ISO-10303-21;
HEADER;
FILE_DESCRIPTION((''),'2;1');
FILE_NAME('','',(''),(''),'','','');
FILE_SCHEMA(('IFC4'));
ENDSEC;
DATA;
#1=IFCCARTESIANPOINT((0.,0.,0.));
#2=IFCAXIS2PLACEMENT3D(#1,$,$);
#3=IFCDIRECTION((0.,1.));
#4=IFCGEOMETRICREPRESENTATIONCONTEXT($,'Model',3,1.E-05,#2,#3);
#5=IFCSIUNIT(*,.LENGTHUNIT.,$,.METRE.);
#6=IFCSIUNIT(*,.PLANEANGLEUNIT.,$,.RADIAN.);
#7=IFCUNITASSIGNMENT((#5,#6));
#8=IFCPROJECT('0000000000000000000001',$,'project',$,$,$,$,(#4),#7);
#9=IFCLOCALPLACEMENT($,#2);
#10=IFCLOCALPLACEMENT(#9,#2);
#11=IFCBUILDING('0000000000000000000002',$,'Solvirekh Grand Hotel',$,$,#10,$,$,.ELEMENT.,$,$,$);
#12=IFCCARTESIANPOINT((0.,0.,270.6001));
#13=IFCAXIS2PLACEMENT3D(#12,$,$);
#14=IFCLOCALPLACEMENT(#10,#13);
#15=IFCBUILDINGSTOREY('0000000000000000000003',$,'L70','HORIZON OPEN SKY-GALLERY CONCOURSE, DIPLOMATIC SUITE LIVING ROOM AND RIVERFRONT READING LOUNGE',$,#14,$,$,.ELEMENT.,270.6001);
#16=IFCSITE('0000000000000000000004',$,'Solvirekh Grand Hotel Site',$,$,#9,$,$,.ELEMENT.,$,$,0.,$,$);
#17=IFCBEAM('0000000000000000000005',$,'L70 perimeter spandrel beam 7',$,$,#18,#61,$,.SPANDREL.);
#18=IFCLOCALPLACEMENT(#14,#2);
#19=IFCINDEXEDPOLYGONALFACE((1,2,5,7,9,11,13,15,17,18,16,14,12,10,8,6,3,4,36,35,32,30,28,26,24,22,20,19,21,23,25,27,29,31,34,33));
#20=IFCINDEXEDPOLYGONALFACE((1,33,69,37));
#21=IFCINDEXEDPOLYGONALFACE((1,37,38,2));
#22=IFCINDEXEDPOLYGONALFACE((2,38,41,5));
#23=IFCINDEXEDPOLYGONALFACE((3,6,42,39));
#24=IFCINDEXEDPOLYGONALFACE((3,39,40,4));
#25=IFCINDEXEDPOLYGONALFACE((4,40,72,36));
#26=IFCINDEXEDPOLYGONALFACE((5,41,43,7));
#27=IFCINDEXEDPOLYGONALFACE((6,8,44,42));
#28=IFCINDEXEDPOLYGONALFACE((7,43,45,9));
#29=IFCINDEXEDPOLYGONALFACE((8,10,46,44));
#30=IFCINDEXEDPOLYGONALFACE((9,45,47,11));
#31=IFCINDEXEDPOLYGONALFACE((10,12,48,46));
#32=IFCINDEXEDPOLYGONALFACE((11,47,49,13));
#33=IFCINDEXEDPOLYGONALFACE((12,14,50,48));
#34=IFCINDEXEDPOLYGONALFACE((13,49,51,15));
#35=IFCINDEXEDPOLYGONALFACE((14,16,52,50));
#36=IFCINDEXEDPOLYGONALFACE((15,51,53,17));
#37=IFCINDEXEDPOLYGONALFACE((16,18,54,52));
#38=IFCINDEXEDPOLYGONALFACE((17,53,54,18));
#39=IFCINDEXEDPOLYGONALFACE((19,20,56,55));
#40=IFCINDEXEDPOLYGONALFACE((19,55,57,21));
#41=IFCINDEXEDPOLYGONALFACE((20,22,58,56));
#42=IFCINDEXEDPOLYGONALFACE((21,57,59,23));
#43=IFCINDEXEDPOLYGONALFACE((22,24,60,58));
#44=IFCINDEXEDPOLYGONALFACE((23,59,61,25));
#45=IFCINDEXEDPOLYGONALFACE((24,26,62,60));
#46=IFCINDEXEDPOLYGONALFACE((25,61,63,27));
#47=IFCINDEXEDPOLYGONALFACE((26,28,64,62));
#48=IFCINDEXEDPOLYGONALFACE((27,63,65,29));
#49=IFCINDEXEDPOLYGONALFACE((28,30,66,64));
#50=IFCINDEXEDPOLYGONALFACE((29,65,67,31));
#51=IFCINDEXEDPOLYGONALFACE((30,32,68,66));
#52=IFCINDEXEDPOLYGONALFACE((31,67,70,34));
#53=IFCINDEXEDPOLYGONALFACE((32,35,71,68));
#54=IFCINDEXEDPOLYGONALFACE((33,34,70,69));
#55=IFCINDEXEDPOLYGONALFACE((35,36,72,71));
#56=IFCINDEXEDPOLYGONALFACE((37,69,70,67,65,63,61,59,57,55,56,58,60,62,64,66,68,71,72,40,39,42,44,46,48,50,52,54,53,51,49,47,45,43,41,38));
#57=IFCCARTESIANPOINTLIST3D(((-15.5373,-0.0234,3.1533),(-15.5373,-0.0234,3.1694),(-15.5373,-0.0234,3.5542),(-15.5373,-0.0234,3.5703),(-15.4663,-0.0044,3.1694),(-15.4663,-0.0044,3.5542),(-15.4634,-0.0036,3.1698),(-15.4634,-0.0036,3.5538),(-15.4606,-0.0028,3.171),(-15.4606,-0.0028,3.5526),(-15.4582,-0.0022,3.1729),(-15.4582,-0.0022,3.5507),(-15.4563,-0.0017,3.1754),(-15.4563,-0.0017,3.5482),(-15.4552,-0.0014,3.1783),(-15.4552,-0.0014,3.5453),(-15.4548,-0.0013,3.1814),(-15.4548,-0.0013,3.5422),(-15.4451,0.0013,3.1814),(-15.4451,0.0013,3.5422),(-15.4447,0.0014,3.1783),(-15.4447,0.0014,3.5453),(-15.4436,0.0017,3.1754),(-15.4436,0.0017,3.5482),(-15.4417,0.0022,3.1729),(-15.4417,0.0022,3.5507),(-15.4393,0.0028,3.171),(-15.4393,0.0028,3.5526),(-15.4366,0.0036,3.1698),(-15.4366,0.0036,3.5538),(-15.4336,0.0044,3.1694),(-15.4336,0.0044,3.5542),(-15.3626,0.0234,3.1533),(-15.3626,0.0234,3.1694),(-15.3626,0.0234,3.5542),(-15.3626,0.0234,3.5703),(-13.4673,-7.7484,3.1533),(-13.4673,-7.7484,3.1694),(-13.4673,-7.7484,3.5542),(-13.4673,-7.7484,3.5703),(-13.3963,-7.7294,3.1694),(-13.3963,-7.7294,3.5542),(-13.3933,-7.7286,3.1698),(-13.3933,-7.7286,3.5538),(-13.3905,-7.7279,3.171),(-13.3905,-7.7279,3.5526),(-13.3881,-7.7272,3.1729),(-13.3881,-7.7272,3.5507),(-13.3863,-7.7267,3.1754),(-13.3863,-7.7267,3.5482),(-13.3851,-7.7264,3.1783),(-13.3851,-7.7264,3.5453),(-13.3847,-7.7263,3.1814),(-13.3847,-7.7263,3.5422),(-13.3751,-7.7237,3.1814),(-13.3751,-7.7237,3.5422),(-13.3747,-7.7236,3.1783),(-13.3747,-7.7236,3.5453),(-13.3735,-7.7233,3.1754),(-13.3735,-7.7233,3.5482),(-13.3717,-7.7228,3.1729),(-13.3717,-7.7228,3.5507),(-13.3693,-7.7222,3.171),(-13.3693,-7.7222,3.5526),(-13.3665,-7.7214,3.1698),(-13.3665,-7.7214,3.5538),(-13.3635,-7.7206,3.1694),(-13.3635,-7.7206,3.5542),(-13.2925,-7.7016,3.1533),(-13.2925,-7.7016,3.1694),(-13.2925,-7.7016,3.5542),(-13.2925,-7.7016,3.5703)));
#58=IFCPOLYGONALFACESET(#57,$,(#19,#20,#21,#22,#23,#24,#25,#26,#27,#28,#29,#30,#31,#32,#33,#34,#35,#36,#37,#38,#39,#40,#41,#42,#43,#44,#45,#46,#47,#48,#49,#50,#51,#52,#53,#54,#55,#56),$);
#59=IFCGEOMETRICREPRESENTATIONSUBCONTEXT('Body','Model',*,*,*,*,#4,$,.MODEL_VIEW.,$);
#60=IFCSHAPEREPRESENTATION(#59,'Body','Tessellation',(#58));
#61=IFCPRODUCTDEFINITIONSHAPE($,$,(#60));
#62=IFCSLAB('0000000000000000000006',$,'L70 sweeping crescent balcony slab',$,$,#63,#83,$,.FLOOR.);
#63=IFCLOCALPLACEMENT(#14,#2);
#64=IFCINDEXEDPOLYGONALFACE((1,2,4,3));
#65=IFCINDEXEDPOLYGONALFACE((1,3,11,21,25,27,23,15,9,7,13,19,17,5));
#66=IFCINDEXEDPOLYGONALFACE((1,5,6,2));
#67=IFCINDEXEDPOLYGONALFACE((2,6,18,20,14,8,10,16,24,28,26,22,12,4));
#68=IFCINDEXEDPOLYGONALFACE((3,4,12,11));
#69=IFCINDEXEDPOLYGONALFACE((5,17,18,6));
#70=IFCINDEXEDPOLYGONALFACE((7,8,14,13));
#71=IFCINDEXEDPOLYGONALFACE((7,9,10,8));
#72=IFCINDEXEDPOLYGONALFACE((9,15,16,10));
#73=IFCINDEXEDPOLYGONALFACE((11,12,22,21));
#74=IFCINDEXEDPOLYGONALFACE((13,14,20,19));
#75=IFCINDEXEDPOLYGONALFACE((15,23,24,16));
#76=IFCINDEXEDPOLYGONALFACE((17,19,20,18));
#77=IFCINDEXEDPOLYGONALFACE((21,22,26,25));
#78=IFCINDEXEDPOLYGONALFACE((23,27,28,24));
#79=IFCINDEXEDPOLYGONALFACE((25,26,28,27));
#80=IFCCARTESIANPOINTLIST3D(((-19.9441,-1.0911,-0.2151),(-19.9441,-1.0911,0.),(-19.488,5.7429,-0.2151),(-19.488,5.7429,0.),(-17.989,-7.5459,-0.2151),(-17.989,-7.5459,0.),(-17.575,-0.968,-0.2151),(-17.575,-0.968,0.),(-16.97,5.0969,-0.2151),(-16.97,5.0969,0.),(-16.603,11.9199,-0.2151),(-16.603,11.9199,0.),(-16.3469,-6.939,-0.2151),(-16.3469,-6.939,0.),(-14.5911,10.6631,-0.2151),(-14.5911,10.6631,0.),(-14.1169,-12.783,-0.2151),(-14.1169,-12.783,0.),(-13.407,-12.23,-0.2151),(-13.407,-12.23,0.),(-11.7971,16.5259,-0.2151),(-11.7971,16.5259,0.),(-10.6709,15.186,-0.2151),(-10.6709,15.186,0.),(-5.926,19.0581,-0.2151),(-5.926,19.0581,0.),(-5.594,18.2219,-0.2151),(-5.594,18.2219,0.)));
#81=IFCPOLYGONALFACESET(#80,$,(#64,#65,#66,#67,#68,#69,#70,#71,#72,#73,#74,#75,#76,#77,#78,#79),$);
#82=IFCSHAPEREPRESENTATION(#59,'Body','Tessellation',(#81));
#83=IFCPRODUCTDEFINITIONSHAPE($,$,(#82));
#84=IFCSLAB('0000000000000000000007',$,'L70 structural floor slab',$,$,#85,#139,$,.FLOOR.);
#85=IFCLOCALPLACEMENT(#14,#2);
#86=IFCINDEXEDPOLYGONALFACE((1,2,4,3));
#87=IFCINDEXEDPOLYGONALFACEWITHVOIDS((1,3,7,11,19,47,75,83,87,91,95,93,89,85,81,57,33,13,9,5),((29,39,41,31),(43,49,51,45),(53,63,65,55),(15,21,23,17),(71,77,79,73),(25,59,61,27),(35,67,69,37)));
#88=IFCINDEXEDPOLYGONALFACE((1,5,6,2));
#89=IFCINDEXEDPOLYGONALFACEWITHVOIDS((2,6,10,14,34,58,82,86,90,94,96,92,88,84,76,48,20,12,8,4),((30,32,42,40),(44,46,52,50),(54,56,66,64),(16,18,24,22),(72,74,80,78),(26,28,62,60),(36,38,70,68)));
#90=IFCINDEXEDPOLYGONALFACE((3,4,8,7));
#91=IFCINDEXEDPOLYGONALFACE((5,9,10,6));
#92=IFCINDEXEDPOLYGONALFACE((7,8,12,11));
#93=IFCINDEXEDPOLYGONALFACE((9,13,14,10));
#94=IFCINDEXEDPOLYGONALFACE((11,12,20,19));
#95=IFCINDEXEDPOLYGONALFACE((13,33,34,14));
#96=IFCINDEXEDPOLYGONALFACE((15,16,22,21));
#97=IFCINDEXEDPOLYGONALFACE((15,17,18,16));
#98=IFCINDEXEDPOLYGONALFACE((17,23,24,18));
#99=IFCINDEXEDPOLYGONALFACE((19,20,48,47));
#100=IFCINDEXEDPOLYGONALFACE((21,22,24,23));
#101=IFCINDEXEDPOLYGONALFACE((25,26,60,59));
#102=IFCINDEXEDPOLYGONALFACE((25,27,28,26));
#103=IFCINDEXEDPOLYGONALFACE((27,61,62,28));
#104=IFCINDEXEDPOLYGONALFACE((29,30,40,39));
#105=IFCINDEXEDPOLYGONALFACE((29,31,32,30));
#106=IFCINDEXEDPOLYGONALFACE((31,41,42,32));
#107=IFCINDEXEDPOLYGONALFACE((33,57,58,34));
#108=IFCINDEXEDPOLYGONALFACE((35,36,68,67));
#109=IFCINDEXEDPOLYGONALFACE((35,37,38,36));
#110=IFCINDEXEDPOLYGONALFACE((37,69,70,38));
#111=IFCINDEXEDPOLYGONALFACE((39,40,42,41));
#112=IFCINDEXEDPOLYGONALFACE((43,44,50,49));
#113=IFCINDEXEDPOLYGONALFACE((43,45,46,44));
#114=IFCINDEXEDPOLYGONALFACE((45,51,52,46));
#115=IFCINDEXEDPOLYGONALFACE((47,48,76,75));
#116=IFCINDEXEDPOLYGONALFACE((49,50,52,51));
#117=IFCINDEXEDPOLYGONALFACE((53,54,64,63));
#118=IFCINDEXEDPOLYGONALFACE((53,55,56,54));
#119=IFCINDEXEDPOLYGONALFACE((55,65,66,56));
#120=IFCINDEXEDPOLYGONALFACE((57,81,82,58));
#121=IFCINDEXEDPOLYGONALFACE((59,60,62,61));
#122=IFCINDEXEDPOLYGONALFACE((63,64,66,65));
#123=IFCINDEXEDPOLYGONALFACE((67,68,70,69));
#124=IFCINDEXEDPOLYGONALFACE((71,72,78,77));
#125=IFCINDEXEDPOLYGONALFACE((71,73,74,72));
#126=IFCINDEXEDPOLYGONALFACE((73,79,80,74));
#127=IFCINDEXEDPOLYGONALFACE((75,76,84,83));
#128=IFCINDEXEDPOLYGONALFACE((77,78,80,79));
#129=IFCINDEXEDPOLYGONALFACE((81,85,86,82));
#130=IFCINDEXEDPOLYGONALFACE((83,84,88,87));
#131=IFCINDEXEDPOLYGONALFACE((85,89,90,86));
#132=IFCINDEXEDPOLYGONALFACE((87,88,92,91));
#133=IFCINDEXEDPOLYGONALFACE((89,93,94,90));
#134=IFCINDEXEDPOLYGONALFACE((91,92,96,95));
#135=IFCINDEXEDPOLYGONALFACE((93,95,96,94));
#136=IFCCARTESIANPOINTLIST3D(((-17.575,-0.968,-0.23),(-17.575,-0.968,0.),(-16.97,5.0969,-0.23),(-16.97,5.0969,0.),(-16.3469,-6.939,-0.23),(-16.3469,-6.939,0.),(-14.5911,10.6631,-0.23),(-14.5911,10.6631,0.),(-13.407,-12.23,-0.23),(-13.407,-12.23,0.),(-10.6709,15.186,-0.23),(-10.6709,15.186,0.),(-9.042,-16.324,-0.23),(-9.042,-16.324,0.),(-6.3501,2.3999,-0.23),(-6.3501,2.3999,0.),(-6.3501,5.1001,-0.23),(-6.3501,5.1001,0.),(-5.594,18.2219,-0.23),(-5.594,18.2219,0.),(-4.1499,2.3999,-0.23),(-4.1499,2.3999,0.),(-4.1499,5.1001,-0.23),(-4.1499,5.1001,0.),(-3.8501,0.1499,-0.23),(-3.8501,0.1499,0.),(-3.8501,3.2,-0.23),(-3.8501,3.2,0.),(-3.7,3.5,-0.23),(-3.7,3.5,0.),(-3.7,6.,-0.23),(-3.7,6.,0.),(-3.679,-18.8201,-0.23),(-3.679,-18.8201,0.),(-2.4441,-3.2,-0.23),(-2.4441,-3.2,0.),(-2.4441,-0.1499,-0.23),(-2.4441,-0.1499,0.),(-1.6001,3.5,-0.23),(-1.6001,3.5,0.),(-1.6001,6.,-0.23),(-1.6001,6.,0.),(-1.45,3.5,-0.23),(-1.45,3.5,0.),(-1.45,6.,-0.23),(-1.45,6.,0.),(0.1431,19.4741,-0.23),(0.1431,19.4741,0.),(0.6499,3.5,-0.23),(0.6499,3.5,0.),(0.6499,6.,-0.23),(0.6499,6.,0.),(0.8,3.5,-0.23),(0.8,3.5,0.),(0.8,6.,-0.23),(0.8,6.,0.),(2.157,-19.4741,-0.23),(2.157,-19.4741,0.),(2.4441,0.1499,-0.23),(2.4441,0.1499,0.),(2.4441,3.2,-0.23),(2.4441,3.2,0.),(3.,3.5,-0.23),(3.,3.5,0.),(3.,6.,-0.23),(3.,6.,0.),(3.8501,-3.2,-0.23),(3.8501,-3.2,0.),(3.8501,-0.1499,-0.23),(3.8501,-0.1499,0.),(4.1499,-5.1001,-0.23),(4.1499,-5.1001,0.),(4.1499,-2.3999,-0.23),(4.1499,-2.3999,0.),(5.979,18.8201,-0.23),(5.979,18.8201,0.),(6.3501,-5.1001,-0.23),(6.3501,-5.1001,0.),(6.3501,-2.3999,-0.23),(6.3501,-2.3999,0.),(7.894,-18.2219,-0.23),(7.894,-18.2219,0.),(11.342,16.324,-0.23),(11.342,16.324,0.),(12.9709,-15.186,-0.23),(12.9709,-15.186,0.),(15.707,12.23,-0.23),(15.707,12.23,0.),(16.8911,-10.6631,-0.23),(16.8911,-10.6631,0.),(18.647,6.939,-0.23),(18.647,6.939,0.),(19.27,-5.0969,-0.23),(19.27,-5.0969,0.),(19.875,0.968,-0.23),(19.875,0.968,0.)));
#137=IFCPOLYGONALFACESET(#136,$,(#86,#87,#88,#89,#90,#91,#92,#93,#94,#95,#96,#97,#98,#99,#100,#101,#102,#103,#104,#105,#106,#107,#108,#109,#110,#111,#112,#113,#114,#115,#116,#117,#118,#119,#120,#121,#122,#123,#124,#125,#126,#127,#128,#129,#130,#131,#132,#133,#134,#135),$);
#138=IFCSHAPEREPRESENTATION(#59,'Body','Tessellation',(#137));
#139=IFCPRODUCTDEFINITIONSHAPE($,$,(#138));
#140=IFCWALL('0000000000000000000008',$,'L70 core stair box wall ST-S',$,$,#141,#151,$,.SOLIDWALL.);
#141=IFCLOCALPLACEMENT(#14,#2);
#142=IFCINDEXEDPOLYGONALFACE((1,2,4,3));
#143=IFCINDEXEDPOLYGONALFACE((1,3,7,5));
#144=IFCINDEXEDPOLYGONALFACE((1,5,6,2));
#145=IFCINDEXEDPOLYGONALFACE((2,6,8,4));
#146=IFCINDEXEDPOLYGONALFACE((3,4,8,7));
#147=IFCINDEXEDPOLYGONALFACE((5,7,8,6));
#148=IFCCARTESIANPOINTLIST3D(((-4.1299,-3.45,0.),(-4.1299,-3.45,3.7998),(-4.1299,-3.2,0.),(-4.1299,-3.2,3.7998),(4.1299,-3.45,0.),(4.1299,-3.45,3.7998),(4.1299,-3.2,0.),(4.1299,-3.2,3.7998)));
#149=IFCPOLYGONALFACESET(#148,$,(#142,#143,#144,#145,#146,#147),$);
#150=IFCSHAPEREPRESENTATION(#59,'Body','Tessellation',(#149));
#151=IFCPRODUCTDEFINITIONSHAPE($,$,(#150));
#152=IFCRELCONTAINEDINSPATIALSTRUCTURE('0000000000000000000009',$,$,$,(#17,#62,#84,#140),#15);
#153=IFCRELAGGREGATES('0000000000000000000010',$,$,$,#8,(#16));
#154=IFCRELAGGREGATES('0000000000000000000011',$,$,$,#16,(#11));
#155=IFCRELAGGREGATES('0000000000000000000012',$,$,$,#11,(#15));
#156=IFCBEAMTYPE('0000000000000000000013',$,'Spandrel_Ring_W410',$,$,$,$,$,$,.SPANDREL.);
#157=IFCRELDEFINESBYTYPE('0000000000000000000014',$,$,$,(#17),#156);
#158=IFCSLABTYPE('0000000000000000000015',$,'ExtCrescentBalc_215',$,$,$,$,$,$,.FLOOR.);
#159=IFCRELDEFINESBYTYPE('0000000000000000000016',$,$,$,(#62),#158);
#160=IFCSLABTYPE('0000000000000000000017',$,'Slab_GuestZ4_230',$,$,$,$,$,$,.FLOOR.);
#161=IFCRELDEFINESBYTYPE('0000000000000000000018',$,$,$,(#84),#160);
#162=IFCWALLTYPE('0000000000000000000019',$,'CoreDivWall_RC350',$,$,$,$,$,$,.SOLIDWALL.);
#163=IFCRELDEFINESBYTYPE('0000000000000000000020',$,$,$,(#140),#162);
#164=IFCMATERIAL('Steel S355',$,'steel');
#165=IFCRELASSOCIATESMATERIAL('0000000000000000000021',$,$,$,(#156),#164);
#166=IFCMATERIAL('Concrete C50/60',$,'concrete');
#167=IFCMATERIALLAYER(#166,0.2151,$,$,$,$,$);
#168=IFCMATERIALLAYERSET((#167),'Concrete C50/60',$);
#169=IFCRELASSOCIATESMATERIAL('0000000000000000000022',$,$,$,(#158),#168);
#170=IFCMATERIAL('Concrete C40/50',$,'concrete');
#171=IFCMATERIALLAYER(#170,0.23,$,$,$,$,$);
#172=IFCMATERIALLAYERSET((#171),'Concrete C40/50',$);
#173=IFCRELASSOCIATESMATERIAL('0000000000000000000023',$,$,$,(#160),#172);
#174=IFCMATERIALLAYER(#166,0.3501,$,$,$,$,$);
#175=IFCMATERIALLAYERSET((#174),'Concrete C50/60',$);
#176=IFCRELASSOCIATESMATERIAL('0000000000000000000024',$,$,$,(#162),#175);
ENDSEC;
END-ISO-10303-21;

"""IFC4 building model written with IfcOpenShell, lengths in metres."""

from ifc_helpers import new_model, si_unit, direction, frame, frame_2d, origin, origin_2d, place, context, subcontext, project, spatial, polyline, rectangle, i_section, outline, extrude, material, layer, layer_set, material_profile, profile_set, type_object, element, save


model = new_model("IFC4")

# Units and contexts
model_context = context("Model", 3, precision=1e-05, world=origin(), true_north=direction((0.0, 1.0)))
body_context = subcontext(model_context, "Body", "Model", "MODEL_VIEW")
ifc_project = project(units=[si_unit("LENGTHUNIT", "METRE"), si_unit("PLANEANGLEUNIT", "RADIAN")], contexts=[model_context])

# Site, building, storey
site_placement = place(None, origin())
site = spatial("IfcSite", under=ifc_project, at=site_placement, Name="Solvirekh Grand Hotel Site", CompositionType="ELEMENT", RefElevation=0.0)
building_placement = place(site_placement, origin())
building = spatial("IfcBuilding", under=site, at=building_placement, Name="Solvirekh Grand Hotel", CompositionType="ELEMENT")
storey_placement = place(building_placement, frame((0.0, 0.0, 270.6001)))
storey = spatial("IfcBuildingStorey", under=building, at=storey_placement, Name="L70", Description="HORIZON OPEN SKY-GALLERY CONCOURSE, DIPLOMATIC SUITE LIVING ROOM AND RIVERFRONT READING LOUNGE", CompositionType="ELEMENT", Elevation=270.6001)

# Shared definitions
ifc_material_1 = material(Name="Concrete C50/60", Category="concrete")

# Beam
ifc_material_2 = material(Name="Steel S355", Category="steel")
ifc_material_profile_1 = material_profile(ifc_material_2, i_section(OverallWidth=0.1809, OverallDepth=0.417, WebThickness=0.01, FlangeThickness=0.0161, FilletRadius=0.012, at=origin_2d()), Name="W410X85")
ifc_profile_set_1 = profile_set([ifc_material_profile_1], Name="Steel S355")
beam_type_1 = type_object("IfcBeamType", Name="Spandrel_Ring_W410", PredefinedType="SPANDREL", material=ifc_profile_set_1)
beam_1_placement = place(storey_placement, frame((-15.45, 0.0, 3.3618), z_axis=(0.258835, -0.965922, 0.0), x_axis=(0.965922, 0.258835, 0.0)))
element("IfcBeam", 1, at=beam_1_placement, inside=storey, type_object=beam_type_1, Name="L70 perimeter spandrel beam 7", PredefinedType="SPANDREL", context=body_context, shape_type="SweptSolid", body=[
    extrude(i_section(OverallWidth=0.1809, OverallDepth=0.417, WebThickness=0.01, FlangeThickness=0.0161, FilletRadius=0.012, at=origin_2d()), origin(), (0.0, 0.0, 1.0), 7.9976),
])

# Slabs
ifc_layer_1 = layer(ifc_material_1, 0.2151)
ifc_layer_set_1 = layer_set([ifc_layer_1], Name="Concrete C50/60")
slab_type_1 = type_object("IfcSlabType", Name="ExtCrescentBalc_215", PredefinedType="FLOOR", material=ifc_layer_set_1)
slab_1_placement = place(storey_placement, frame((0.0, 0.0, -0.2151)))
element("IfcSlab", 2, at=slab_1_placement, inside=storey, type_object=slab_type_1, Name="L70 sweeping crescent balcony slab", PredefinedType="FLOOR", context=body_context, shape_type="SweptSolid", body=[
    extrude(outline(polyline([(-5.926, 19.0581), (-11.7971, 16.5259), (-16.603, 11.9199), (-19.488, 5.7429), (-19.9441, -1.0911), (-17.989, -7.5459), (-14.1169, -12.783), (-13.407, -12.23), (-16.3469, -6.939), (-17.575, -0.968), (-16.97, 5.0969), (-14.5911, 10.6631), (-10.6709, 15.186), (-5.594, 18.2219), (-5.926, 19.0581)])), origin(), (0.0, 0.0, 1.0), 0.2151),
])
ifc_material_3 = material(Name="Concrete C40/50", Category="concrete")
ifc_layer_2 = layer(ifc_material_3, 0.23)
ifc_layer_set_2 = layer_set([ifc_layer_2], Name="Concrete C40/50")
slab_type_2 = type_object("IfcSlabType", Name="Slab_GuestZ4_230", PredefinedType="FLOOR", material=ifc_layer_set_2)
slab_2_placement = place(storey_placement, frame((0.0, 0.0, -0.23)))
element("IfcSlab", 3, at=slab_2_placement, inside=storey, type_object=slab_type_2, Name="L70 structural floor slab", PredefinedType="FLOOR", context=body_context, shape_type="SweptSolid", body=[
    extrude(outline(polyline([(2.157, -19.4741), (7.894, -18.2219), (12.9709, -15.186), (16.8911, -10.6631), (19.27, -5.0969), (19.875, 0.968), (18.647, 6.939), (15.707, 12.23), (11.342, 16.324), (5.979, 18.8201), (0.1431, 19.4741), (-5.594, 18.2219), (-10.6709, 15.186), (-14.5911, 10.6631), (-16.97, 5.0969), (-17.575, -0.968), (-16.3469, -6.939), (-13.407, -12.23), (-9.042, -16.324), (-3.679, -18.8201), (2.157, -19.4741)]), holes=[polyline([(-2.4441, -0.1499), (3.8501, -0.1499), (3.8501, -3.2), (-2.4441, -3.2), (-2.4441, -0.1499)]), polyline([(2.4441, 0.1499), (-3.8501, 0.1499), (-3.8501, 3.2), (2.4441, 3.2), (2.4441, 0.1499)]), polyline([(-3.7, 6.0), (-1.6001, 6.0), (-1.6001, 3.5), (-3.7, 3.5), (-3.7, 6.0)]), polyline([(-1.45, 6.0), (0.6499, 6.0), (0.6499, 3.5), (-1.45, 3.5), (-1.45, 6.0)]), polyline([(0.8, 6.0), (3.0, 6.0), (3.0, 3.5), (0.8, 3.5), (0.8, 6.0)]), polyline([(-6.3501, 5.1001), (-4.1499, 5.1001), (-4.1499, 2.3999), (-6.3501, 2.3999), (-6.3501, 5.1001)]), polyline([(4.1499, -2.3999), (6.3501, -2.3999), (6.3501, -5.1001), (4.1499, -5.1001), (4.1499, -2.3999)])]), origin(), (0.0, 0.0, 1.0), 0.23),
])

# Wall
ifc_layer_3 = layer(ifc_material_1, 0.3501)
ifc_layer_set_3 = layer_set([ifc_layer_3], Name="Concrete C50/60")
wall_type_1 = type_object("IfcWallType", Name="CoreDivWall_RC350", PredefinedType="SOLIDWALL", material=ifc_layer_set_3)
wall_1_placement = place(storey_placement, frame((-4.1299, -3.325, 0.0), z_axis=(0.0, 0.0, 1.0), x_axis=(1.0, 0.0, 0.0)))
element("IfcWall", 4, at=wall_1_placement, inside=storey, type_object=wall_type_1, Name="L70 core stair box wall ST-S", PredefinedType="SOLIDWALL", context=body_context, shape_type="SweptSolid", body=[
    extrude(rectangle(XDim=8.2598, YDim=0.25, at=frame_2d((4.1299, 0.0))), origin(), (0.0, 0.0, 1.0), 3.7998),
])

save(model, "model.ifc")
